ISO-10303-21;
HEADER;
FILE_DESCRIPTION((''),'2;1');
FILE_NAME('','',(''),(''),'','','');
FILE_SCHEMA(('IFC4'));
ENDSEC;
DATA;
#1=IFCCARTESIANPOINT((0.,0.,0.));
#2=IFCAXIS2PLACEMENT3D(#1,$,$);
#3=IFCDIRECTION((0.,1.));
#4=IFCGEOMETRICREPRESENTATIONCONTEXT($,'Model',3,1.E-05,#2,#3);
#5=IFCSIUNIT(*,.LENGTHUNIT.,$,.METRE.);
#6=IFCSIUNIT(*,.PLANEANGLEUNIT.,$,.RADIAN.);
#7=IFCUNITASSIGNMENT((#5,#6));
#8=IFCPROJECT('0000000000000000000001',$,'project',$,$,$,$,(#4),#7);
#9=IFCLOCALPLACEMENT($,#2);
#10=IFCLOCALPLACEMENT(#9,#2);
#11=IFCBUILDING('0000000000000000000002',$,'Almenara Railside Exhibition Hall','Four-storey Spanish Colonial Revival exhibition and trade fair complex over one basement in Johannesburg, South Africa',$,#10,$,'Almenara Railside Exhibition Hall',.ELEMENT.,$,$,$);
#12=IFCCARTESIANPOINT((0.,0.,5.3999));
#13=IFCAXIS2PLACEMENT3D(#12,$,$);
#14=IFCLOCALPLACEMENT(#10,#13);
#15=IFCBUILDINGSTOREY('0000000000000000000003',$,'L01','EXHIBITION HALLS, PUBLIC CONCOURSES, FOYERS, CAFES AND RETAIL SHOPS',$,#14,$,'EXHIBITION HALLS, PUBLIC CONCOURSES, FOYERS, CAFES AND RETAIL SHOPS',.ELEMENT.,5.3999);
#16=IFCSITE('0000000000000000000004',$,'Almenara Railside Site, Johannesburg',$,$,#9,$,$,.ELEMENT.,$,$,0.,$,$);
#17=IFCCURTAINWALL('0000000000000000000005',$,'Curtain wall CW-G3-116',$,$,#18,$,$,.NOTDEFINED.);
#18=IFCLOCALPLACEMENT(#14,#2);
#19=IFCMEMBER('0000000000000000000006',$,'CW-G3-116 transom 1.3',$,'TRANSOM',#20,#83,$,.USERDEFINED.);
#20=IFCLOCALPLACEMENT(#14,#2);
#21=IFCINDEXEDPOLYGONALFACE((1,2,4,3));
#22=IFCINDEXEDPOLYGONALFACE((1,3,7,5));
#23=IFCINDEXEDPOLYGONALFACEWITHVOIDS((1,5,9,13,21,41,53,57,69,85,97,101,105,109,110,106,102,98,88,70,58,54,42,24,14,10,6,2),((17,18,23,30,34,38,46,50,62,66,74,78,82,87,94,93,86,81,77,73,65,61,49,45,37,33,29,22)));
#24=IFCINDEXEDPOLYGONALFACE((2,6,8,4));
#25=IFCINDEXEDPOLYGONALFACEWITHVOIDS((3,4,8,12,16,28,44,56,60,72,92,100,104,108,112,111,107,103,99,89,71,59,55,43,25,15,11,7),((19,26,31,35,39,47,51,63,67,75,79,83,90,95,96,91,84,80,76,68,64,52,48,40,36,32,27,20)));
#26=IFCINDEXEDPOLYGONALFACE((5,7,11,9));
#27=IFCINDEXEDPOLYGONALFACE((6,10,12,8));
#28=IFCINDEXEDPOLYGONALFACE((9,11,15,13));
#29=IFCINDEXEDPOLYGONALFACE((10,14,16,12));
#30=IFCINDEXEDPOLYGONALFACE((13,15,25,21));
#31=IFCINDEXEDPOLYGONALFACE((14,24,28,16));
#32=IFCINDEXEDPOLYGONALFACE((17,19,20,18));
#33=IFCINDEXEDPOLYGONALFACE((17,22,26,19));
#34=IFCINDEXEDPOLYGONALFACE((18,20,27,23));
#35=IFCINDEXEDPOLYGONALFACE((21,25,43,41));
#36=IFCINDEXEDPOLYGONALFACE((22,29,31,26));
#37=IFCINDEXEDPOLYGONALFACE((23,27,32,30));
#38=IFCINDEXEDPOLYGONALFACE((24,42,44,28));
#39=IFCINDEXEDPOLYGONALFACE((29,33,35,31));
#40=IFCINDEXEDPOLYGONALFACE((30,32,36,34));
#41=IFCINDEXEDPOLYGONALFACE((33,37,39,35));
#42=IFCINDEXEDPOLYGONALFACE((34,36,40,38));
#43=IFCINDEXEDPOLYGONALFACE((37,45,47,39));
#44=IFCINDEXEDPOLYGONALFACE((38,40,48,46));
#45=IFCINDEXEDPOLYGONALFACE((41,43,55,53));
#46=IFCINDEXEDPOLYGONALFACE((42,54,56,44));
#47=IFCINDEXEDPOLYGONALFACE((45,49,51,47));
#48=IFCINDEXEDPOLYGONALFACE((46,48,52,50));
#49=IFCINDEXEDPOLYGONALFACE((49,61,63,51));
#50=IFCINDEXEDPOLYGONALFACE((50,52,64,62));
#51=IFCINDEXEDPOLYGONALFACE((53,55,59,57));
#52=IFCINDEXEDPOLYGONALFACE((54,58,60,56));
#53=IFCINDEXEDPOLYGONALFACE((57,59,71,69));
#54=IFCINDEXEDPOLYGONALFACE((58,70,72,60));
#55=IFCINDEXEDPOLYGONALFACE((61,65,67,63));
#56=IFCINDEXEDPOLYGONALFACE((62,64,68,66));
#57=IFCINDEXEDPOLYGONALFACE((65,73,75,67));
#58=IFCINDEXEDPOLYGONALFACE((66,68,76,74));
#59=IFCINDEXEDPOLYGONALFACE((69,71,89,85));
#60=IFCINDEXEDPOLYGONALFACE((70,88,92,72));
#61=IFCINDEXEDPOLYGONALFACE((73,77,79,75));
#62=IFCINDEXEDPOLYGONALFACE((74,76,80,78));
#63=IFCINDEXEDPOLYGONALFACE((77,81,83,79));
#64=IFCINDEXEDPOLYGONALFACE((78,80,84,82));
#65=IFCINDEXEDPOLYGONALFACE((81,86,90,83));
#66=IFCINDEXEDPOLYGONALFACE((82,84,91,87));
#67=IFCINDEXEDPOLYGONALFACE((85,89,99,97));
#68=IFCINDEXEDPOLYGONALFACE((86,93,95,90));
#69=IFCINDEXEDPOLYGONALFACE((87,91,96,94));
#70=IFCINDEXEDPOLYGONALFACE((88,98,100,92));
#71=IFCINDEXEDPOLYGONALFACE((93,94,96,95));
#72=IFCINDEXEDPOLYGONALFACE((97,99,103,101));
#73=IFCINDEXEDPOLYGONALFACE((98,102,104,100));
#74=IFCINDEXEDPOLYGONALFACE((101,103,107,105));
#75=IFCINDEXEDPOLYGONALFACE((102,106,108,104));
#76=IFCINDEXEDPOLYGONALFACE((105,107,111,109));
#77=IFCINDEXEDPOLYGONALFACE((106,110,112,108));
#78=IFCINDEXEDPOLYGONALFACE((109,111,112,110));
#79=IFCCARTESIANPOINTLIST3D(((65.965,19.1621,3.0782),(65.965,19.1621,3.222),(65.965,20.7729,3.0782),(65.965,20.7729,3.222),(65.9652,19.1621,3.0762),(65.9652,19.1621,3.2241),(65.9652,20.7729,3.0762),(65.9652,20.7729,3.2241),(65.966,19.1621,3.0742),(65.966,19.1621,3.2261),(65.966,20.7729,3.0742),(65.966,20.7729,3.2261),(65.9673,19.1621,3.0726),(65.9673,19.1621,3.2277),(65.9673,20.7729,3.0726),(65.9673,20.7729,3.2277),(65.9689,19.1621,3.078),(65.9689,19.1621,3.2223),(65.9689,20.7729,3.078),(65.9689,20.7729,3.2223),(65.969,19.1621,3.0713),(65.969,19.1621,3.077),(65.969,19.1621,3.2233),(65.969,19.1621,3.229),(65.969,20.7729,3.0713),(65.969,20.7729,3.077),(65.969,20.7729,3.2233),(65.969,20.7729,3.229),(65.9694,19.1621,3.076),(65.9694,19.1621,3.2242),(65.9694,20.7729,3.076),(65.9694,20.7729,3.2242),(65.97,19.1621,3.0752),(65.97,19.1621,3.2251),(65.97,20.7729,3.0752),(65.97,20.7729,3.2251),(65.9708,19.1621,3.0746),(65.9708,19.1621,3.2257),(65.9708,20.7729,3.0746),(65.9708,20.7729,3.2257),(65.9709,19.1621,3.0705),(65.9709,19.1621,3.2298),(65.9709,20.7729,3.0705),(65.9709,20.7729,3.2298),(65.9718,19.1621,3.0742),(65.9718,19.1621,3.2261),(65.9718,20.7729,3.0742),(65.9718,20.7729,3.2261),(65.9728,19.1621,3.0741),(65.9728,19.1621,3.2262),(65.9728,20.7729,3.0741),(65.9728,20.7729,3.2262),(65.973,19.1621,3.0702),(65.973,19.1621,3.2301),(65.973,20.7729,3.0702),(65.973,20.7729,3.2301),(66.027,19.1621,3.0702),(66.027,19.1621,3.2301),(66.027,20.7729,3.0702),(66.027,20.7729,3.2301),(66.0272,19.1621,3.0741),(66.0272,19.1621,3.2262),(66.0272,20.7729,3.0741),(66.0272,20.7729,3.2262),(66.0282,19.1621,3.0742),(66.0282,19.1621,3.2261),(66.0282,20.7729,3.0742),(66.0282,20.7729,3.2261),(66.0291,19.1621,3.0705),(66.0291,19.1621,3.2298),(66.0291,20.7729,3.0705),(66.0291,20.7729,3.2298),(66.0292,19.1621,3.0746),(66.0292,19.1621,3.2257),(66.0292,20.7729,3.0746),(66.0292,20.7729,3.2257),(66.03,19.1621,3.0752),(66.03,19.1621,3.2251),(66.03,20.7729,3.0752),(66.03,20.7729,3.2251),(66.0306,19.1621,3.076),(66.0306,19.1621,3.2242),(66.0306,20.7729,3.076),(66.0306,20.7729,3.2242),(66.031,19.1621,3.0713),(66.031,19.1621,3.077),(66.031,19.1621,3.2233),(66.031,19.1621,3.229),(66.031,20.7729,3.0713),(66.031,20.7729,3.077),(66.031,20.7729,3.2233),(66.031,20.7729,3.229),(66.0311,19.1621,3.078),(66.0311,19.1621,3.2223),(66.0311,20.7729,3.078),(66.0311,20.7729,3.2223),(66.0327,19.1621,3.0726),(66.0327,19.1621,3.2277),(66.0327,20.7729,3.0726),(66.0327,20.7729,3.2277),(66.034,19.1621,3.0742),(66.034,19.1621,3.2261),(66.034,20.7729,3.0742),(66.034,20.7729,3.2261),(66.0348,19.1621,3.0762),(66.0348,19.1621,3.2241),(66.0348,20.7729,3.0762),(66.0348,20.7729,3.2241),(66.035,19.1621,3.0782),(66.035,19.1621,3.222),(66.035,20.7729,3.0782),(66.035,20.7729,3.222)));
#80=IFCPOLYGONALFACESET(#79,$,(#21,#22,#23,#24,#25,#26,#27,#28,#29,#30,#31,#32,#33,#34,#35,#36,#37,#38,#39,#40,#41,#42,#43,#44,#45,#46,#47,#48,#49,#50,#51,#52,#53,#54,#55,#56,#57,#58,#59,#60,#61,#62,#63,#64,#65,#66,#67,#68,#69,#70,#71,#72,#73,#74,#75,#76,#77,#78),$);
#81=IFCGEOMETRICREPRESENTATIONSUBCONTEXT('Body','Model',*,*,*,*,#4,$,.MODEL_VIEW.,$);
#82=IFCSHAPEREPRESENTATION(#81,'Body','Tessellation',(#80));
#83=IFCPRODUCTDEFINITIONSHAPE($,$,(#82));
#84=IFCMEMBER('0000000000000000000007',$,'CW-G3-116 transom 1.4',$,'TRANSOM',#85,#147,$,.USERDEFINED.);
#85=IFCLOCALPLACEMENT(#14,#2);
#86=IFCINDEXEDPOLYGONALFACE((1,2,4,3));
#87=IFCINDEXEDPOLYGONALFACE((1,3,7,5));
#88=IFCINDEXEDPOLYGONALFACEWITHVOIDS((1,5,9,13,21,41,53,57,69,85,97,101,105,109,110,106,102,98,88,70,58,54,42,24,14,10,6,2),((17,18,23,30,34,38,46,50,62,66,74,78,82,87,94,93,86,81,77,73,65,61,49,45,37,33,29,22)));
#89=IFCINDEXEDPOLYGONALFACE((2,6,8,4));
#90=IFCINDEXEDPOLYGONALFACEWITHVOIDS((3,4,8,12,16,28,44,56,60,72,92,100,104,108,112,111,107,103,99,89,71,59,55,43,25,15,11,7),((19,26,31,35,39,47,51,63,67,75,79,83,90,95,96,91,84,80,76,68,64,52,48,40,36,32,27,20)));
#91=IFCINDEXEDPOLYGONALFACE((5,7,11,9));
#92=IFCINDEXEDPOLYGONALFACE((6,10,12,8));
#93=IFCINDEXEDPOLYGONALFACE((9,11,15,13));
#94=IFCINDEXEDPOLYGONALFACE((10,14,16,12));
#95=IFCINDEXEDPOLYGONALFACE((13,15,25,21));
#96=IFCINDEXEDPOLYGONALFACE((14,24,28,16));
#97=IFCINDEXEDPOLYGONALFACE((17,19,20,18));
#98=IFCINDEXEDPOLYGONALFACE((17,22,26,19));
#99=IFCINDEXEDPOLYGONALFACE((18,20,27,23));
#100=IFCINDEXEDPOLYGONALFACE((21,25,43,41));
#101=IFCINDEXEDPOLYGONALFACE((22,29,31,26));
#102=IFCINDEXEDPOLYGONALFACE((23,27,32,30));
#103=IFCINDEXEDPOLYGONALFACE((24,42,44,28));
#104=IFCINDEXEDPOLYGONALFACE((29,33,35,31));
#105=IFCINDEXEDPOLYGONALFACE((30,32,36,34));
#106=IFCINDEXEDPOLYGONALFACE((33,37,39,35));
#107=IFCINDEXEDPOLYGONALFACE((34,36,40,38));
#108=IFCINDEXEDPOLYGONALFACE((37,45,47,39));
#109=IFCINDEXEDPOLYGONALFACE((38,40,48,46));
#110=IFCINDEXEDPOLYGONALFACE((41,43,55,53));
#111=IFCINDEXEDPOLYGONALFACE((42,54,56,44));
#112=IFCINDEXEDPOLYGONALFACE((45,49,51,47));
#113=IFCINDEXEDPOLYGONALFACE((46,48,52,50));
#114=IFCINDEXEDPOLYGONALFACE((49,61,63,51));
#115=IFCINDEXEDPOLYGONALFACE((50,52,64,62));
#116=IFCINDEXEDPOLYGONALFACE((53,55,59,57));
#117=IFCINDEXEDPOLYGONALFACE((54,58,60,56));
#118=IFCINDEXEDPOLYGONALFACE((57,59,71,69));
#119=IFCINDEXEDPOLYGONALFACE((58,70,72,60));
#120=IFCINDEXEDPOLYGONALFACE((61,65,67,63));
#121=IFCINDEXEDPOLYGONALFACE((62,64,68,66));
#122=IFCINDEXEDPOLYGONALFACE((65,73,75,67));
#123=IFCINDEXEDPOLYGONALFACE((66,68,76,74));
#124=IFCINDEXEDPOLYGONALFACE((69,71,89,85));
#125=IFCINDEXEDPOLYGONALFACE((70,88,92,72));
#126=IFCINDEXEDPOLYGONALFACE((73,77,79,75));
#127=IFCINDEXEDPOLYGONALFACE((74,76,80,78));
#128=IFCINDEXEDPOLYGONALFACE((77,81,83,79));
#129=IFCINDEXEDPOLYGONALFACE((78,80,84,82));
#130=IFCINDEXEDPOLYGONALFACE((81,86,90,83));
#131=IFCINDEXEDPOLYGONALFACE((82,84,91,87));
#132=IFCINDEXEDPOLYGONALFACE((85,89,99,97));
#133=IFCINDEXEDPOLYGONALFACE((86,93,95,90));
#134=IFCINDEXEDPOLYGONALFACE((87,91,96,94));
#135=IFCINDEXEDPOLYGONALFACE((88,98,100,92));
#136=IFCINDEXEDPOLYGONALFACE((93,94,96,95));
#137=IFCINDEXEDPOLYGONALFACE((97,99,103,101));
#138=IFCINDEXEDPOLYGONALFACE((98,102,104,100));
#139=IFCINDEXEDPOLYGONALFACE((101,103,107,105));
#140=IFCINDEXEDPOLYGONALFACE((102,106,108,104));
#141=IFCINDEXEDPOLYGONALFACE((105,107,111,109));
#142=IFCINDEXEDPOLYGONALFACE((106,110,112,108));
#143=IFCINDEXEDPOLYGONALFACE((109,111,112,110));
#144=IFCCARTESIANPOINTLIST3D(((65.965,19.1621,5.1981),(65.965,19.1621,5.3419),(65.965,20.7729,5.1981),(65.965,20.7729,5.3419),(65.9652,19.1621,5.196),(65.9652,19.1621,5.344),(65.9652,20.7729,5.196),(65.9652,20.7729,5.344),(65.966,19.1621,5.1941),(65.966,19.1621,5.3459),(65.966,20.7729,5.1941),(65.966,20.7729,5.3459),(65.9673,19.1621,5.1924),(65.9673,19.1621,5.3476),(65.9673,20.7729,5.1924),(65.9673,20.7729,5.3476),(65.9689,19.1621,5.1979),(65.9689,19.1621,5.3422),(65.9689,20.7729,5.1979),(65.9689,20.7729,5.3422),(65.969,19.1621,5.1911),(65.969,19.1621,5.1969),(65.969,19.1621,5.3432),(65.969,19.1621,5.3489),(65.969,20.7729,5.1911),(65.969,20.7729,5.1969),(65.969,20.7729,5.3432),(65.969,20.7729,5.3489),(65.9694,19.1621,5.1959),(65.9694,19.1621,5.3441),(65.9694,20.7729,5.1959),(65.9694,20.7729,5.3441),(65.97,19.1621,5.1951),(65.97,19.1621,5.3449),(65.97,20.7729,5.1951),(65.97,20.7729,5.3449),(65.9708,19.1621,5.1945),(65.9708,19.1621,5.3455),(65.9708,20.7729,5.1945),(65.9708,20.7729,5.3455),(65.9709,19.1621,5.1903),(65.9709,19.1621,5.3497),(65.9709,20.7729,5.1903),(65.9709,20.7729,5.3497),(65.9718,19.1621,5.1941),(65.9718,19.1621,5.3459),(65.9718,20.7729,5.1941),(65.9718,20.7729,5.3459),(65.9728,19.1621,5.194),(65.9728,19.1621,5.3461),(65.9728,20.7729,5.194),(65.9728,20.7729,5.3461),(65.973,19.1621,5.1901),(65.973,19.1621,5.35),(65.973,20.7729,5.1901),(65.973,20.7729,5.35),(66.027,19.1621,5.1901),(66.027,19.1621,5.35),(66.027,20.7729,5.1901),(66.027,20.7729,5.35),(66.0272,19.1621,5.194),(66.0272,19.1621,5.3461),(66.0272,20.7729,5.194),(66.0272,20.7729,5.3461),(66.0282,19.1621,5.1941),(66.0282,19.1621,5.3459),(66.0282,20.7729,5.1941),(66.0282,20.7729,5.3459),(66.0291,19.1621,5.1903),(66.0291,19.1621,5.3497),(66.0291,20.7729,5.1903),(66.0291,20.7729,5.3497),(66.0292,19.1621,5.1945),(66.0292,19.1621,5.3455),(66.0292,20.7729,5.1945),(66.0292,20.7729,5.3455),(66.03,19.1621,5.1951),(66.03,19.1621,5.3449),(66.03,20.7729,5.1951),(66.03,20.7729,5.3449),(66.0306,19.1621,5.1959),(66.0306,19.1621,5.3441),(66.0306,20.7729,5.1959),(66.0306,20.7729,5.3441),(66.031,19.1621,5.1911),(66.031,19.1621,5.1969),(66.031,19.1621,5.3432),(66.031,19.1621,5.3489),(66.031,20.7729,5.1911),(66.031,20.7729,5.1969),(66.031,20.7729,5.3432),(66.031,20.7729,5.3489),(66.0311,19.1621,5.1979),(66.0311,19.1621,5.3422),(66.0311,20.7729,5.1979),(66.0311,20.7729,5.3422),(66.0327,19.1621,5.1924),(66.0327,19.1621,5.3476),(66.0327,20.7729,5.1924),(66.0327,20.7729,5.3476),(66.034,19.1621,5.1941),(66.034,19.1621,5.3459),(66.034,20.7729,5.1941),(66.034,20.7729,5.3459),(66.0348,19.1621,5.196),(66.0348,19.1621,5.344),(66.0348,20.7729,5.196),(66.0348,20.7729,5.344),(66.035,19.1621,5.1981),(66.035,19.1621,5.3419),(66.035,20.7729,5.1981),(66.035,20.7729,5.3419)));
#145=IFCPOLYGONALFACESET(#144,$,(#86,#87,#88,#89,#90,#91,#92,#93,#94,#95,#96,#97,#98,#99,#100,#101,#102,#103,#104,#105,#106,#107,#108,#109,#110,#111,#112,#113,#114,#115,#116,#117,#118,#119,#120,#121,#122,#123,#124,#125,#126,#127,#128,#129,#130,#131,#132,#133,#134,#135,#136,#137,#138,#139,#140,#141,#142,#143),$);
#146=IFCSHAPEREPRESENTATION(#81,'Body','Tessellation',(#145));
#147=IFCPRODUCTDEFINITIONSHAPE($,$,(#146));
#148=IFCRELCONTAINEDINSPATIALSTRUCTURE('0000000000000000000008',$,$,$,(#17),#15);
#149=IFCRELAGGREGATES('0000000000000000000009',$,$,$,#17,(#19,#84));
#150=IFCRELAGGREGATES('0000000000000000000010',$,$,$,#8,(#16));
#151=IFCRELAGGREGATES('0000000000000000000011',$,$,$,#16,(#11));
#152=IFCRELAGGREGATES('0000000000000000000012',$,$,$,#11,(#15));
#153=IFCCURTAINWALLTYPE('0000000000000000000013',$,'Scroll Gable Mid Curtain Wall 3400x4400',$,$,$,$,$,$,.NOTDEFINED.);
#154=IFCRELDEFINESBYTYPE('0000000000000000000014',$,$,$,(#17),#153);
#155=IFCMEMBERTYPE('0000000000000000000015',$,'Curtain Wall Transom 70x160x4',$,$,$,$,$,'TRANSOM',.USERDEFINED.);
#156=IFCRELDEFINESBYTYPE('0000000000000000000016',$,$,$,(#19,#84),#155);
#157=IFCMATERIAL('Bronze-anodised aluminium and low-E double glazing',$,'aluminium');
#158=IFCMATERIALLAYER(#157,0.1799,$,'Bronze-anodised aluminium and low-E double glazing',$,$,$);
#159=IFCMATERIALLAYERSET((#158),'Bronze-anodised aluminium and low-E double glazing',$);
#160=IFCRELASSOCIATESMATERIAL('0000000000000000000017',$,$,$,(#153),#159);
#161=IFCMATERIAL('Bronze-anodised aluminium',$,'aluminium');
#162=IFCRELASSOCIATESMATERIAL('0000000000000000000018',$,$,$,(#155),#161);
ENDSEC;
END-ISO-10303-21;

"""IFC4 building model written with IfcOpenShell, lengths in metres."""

from ifc_helpers import new_model, si_unit, direction, frame, origin, origin_2d, place, context, subcontext, project, spatial, hollow_rectangle, extrude, material, layer, layer_set, material_profile, profile_set, type_object, element, aggregate, save


model = new_model("IFC4")

# Units and contexts
model_context = context("Model", 3, precision=1e-05, world=origin(), true_north=direction((0.0, 1.0)))
body_context = subcontext(model_context, "Body", "Model", "MODEL_VIEW")
ifc_project = project(units=[si_unit("LENGTHUNIT", "METRE"), si_unit("PLANEANGLEUNIT", "RADIAN")], contexts=[model_context])

# Site, building, storey
site_placement = place(None, origin())
site = spatial("IfcSite", under=ifc_project, at=site_placement, Name="Almenara Railside Site, Johannesburg", CompositionType="ELEMENT", RefElevation=0.0)
building_placement = place(site_placement, origin())
building = spatial("IfcBuilding", under=site, at=building_placement, Name="Almenara Railside Exhibition Hall", Description="Four-storey Spanish Colonial Revival exhibition and trade fair complex over one basement in Johannesburg, South Africa", LongName="Almenara Railside Exhibition Hall", CompositionType="ELEMENT")
storey_placement = place(building_placement, frame((0.0, 0.0, 5.3999)))
storey = spatial("IfcBuildingStorey", under=building, at=storey_placement, Name="L01", Description="EXHIBITION HALLS, PUBLIC CONCOURSES, FOYERS, CAFES AND RETAIL SHOPS", LongName="EXHIBITION HALLS, PUBLIC CONCOURSES, FOYERS, CAFES AND RETAIL SHOPS", CompositionType="ELEMENT", Elevation=5.3999)

# Shared definitions
ifc_material_1 = material(Name="Bronze-anodised aluminium and low-E double glazing", Category="aluminium")
ifc_layer_1 = layer(ifc_material_1, 0.1799, Name="Bronze-anodised aluminium and low-E double glazing")
ifc_layer_set_1 = layer_set([ifc_layer_1], Name="Bronze-anodised aluminium and low-E double glazing")
curtain_wall_type_1 = type_object("IfcCurtainWallType", Name="Scroll Gable Mid Curtain Wall 3400x4400", PredefinedType="NOTDEFINED", material=ifc_layer_set_1)
ifc_material_2 = material(Name="Bronze-anodised aluminium", Category="aluminium")

# Curtain wall
curtain_wall_1_placement = place(storey_placement, origin())
curtain_wall_1 = element("IfcCurtainWall", 1, at=curtain_wall_1_placement, inside=storey, type_object=curtain_wall_type_1, Name="Curtain wall CW-G3-116", PredefinedType="NOTDEFINED")

# Members
ifc_material_profile_1 = material_profile(ifc_material_2, hollow_rectangle(XDim=0.0701, YDim=0.1599, WallThickness=0.0039, InnerFilletRadius=0.0039, OuterFilletRadius=0.0081, at=origin_2d()), Name="ALU-TRN 70x160x4")
ifc_profile_set_1 = profile_set([ifc_material_profile_1], Name="Bronze-anodised aluminium")
member_type_1 = type_object("IfcMemberType", Name="Curtain Wall Transom 70x160x4", ElementType="TRANSOM", PredefinedType="USERDEFINED", material=ifc_profile_set_1)
member_1_placement = place(storey_placement, frame((66.0, 19.1621, 3.1501), z_axis=(0.0, 1.0, 0.0), x_axis=(-1.0, 0.0, 0.0)))
member_1 = element("IfcMember", 2, at=member_1_placement, type_object=member_type_1, Name="CW-G3-116 transom 1.3", ObjectType="TRANSOM", PredefinedType="USERDEFINED", context=body_context, shape_type="SweptSolid", body=[
    extrude(hollow_rectangle(XDim=0.0701, YDim=0.1599, WallThickness=0.0039, InnerFilletRadius=0.0039, OuterFilletRadius=0.0081, at=origin_2d()), origin(), (0.0, 0.0, 1.0), 1.6108),
])
member_2_placement = place(storey_placement, frame((66.0, 19.1621, 5.27), z_axis=(0.0, 1.0, 0.0), x_axis=(-1.0, 0.0, 0.0)))
member_2 = element("IfcMember", 3, at=member_2_placement, type_object=member_type_1, Name="CW-G3-116 transom 1.4", ObjectType="TRANSOM", PredefinedType="USERDEFINED", context=body_context, shape_type="SweptSolid", body=[
    extrude(hollow_rectangle(XDim=0.0701, YDim=0.1599, WallThickness=0.0039, InnerFilletRadius=0.0039, OuterFilletRadius=0.0081, at=origin_2d()), origin(), (0.0, 0.0, 1.0), 1.6108),
])

aggregate(curtain_wall_1, [member_1, member_2])

save(model, "model.ifc")
